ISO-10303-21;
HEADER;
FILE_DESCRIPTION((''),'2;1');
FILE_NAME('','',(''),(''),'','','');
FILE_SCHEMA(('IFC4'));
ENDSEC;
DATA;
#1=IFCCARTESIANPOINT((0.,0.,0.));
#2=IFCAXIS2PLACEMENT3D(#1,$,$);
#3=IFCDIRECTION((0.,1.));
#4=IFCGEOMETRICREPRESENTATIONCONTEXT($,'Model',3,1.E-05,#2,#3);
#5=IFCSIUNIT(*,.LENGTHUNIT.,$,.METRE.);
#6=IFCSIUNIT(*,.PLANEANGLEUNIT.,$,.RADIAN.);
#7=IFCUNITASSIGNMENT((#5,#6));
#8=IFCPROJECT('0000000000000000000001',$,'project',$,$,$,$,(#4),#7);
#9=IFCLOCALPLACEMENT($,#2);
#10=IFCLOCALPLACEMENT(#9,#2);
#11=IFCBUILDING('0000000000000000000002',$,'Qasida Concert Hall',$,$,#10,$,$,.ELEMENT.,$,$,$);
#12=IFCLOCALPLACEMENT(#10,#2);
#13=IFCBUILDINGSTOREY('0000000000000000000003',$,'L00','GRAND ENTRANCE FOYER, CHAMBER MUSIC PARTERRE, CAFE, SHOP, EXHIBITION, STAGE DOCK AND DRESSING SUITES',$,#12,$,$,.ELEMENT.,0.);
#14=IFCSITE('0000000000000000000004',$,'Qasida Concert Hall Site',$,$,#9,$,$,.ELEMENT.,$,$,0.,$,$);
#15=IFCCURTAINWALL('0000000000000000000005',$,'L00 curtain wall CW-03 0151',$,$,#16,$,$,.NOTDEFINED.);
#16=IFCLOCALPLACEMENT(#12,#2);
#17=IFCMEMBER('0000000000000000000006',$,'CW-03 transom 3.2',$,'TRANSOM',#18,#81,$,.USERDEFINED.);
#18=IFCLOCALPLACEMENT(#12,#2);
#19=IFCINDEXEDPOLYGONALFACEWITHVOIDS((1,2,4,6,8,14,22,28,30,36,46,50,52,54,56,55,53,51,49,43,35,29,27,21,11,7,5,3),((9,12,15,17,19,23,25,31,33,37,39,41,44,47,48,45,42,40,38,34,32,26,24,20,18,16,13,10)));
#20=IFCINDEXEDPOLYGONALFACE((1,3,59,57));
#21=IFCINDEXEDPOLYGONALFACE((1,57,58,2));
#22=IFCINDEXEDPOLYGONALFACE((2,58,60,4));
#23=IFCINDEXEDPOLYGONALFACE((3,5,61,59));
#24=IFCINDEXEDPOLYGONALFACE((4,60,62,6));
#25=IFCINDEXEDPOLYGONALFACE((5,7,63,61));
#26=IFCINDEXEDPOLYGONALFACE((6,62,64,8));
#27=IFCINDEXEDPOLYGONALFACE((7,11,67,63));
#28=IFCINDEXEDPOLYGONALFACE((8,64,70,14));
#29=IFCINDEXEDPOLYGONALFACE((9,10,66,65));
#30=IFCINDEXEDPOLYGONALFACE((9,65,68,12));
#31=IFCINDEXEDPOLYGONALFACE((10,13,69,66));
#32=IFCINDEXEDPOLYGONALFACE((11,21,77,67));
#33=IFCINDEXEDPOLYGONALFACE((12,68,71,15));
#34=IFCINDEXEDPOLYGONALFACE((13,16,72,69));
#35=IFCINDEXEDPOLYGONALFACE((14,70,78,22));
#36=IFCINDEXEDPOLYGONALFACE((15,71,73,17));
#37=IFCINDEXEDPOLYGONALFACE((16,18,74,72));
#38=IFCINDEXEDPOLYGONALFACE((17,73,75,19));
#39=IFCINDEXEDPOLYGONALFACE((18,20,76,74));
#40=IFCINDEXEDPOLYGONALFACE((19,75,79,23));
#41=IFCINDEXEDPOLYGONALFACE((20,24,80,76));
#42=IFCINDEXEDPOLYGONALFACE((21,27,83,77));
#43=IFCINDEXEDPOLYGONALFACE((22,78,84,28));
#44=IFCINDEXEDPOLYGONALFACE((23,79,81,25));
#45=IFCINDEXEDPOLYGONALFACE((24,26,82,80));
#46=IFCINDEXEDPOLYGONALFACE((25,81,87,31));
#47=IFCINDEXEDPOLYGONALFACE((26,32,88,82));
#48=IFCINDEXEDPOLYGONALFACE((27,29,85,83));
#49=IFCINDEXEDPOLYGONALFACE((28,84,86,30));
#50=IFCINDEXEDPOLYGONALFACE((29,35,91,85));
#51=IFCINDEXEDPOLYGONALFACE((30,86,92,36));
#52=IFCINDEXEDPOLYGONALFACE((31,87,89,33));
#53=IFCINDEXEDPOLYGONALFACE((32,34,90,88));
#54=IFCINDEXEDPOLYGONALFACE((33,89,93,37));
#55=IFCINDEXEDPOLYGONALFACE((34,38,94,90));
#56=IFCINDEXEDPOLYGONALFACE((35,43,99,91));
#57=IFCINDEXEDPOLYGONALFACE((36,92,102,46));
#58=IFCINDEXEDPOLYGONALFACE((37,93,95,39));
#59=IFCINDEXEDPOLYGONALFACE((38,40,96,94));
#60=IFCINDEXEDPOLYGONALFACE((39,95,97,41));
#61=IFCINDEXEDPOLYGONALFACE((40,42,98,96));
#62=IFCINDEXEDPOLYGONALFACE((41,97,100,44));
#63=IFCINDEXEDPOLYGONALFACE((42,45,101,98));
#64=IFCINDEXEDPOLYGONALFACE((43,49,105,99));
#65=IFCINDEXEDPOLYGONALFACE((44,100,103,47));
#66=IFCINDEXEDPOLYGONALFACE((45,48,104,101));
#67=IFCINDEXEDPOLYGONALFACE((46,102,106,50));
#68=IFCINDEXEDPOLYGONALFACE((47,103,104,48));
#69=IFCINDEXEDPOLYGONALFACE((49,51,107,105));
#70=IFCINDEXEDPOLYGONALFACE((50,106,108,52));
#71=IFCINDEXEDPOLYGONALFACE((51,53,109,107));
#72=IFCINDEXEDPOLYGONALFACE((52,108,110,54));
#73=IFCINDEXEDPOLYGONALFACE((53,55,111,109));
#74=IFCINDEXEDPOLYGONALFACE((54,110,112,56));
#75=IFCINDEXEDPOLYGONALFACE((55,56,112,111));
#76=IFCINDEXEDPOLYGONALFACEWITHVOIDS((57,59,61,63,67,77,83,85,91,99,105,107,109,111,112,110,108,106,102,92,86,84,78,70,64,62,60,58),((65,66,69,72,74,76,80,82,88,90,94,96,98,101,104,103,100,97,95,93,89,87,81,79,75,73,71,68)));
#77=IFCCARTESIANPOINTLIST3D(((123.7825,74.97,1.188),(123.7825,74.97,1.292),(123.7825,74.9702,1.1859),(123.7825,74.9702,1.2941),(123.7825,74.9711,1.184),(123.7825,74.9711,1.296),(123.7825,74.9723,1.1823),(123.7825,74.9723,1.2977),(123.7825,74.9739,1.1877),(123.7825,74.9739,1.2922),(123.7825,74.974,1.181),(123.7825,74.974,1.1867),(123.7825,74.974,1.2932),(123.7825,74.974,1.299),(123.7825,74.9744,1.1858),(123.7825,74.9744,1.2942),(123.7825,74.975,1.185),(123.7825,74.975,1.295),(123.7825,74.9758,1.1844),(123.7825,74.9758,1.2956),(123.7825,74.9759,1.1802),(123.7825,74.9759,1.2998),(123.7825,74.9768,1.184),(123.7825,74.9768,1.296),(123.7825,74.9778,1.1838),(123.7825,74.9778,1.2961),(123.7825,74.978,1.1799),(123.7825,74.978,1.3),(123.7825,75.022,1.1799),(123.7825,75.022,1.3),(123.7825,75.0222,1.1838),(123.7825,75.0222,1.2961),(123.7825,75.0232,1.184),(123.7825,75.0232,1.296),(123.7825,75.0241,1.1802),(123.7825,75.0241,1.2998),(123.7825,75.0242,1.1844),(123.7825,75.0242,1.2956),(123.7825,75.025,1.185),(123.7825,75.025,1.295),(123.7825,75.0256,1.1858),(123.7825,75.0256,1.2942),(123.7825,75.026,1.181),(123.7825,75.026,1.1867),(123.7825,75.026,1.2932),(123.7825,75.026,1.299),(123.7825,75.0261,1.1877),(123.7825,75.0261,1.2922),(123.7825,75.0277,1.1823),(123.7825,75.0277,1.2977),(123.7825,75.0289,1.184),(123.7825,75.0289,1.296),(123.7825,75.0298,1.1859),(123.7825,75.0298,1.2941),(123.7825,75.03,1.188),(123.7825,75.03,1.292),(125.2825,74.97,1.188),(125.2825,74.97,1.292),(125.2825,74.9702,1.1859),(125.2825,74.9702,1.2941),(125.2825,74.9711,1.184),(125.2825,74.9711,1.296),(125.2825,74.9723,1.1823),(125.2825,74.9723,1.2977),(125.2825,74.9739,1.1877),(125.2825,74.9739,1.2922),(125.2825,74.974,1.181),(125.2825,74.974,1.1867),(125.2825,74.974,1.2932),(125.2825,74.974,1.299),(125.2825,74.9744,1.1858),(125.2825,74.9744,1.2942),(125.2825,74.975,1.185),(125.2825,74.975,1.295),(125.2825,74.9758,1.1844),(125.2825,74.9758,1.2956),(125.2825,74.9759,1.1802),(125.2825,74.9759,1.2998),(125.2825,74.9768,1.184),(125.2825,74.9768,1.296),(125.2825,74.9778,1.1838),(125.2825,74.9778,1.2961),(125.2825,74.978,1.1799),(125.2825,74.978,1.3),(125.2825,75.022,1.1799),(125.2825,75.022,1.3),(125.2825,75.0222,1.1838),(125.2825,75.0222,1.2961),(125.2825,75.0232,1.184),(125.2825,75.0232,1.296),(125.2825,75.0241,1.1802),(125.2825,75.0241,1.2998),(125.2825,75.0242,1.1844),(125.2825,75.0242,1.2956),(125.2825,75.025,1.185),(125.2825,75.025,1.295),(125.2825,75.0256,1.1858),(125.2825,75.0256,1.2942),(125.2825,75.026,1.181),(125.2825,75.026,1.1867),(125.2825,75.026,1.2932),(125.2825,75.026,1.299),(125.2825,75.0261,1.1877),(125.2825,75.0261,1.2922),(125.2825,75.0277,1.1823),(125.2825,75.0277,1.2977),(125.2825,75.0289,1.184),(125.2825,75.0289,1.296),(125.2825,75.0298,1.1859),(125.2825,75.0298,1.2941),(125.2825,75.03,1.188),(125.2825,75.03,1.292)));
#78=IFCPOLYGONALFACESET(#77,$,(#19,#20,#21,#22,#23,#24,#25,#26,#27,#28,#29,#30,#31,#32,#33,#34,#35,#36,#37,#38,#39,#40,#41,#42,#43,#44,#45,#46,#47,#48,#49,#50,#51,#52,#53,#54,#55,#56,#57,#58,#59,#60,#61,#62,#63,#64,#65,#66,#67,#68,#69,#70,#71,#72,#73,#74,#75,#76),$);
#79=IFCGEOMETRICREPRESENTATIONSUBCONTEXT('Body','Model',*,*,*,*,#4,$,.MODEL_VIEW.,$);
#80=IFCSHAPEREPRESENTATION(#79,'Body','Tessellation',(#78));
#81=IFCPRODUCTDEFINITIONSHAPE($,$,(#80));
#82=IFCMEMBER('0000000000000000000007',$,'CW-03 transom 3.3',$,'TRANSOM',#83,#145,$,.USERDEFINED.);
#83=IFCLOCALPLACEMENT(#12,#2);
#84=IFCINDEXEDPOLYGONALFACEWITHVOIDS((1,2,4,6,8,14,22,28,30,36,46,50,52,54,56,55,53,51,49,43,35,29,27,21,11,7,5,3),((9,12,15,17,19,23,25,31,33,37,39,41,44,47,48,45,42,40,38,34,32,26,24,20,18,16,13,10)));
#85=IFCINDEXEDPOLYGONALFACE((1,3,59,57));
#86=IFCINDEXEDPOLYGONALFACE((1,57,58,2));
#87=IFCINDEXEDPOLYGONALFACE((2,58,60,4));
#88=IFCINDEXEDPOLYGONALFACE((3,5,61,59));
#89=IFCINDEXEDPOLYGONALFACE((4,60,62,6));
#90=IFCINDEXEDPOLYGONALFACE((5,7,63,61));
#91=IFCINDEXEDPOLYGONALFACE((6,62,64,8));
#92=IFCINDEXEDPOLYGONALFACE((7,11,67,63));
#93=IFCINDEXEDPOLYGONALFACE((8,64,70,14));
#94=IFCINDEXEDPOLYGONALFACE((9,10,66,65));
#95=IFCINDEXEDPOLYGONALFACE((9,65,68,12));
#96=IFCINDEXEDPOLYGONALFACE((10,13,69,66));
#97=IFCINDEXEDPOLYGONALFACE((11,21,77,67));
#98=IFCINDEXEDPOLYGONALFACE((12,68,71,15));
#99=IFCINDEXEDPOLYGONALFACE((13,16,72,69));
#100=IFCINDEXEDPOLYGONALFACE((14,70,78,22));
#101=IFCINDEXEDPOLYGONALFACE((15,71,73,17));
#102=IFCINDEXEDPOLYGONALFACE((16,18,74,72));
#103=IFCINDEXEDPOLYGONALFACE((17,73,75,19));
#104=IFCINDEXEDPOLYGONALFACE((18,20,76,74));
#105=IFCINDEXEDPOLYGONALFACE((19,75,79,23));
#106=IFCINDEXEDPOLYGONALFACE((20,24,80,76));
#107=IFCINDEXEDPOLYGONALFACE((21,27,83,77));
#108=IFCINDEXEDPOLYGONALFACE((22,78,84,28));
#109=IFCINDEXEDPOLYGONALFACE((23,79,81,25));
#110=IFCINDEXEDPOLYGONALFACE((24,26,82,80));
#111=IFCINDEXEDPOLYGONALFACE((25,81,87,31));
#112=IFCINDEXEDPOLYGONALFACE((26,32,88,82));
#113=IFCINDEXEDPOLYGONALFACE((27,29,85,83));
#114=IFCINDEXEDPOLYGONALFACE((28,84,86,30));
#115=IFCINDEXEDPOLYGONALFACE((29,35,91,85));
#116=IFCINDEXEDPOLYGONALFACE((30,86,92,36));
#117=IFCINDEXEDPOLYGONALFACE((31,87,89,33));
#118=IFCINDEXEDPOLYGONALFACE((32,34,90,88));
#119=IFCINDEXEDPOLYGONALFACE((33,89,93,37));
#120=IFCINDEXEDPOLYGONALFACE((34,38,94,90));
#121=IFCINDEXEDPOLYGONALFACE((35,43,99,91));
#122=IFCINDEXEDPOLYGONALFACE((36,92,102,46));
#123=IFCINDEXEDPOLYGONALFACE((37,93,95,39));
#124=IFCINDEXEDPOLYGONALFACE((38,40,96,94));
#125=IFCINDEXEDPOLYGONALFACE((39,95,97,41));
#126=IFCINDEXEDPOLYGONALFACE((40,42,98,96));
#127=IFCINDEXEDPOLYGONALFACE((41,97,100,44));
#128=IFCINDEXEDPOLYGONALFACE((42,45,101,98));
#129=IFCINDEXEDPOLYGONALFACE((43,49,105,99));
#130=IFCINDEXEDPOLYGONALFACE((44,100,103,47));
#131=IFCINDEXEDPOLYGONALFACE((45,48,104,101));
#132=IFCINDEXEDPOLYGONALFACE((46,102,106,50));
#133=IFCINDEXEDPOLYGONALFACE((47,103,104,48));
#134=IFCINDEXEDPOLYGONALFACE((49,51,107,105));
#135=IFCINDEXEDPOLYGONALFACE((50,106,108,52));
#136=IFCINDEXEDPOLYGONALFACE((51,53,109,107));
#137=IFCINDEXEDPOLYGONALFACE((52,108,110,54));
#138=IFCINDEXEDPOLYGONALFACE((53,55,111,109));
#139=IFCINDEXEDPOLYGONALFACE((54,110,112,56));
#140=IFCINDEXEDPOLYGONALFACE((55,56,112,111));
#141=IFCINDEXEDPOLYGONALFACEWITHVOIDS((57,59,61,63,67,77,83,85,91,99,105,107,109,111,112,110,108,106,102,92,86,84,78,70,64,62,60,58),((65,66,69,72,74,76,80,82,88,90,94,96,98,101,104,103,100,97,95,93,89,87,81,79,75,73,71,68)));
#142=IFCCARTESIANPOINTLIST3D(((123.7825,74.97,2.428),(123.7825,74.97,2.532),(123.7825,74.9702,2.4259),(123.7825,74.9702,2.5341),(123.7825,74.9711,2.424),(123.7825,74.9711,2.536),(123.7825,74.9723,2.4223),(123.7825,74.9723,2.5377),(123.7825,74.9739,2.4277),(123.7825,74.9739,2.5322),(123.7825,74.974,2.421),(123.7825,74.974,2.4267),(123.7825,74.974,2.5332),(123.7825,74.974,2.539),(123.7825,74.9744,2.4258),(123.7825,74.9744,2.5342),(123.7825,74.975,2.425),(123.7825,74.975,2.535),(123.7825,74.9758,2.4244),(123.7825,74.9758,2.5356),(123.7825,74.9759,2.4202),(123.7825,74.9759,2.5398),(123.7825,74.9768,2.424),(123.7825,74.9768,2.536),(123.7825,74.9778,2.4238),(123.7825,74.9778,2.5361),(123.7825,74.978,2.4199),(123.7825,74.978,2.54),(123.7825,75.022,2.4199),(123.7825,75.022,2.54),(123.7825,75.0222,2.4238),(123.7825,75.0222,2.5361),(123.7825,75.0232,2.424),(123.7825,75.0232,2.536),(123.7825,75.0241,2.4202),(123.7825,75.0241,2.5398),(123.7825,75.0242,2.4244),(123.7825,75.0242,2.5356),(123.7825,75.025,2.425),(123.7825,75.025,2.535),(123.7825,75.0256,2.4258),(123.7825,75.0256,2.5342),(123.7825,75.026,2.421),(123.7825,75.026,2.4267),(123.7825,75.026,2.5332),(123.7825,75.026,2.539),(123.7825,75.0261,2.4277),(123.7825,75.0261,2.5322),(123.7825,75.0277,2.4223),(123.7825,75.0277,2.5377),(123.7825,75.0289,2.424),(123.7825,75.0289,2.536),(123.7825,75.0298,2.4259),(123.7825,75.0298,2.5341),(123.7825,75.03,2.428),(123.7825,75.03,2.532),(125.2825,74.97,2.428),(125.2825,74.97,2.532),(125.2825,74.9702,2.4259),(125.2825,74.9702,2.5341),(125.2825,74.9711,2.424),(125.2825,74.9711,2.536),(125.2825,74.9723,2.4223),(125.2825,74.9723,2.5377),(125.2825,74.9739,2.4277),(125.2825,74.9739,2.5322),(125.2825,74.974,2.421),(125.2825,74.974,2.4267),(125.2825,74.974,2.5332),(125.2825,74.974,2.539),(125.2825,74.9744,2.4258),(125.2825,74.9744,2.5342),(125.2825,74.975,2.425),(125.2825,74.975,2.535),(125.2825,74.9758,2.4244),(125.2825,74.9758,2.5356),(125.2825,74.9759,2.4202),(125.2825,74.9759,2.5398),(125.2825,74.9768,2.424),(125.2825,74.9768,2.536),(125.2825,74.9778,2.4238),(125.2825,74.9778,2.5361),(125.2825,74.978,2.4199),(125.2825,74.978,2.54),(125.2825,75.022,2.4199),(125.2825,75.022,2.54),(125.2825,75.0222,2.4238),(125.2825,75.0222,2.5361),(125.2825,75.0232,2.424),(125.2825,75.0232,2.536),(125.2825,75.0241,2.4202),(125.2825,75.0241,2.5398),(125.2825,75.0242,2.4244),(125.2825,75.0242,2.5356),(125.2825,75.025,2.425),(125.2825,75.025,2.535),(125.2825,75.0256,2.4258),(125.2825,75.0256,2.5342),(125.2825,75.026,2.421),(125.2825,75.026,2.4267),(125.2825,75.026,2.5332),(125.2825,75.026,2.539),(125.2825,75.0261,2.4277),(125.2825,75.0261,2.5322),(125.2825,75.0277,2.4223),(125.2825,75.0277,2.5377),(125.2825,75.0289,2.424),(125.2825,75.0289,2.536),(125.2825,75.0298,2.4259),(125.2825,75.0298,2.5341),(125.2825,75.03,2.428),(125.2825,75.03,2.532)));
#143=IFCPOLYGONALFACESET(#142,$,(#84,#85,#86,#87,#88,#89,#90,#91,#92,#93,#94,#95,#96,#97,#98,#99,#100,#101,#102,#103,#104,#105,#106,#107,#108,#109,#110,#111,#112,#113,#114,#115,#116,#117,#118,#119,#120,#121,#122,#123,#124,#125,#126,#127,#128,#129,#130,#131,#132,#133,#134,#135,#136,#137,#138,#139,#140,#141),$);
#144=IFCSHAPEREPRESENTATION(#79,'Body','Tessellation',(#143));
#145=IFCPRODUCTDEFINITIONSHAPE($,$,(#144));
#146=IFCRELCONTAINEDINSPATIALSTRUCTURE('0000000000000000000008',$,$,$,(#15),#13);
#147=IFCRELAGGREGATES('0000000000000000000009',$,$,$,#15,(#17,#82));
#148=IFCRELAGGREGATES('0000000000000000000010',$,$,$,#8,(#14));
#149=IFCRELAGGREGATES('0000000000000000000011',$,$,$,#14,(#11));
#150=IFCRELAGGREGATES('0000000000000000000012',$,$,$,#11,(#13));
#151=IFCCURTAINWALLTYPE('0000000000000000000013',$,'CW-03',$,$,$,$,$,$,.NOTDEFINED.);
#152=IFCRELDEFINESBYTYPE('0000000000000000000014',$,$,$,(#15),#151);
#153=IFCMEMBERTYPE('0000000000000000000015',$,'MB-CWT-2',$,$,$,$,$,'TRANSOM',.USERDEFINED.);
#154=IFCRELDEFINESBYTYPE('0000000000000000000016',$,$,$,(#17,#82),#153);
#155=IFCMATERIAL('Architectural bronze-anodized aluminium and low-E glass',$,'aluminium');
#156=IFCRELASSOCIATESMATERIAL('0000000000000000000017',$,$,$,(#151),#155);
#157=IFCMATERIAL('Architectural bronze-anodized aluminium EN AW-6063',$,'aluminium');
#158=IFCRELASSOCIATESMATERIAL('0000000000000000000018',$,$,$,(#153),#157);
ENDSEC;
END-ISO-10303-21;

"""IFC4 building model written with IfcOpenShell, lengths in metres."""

from ifc_helpers import new_model, si_unit, direction, frame, origin, origin_2d, place, context, subcontext, project, spatial, hollow_rectangle, extrude, material, material_profile, profile_set, type_object, element, aggregate, save


model = new_model("IFC4")

# Units and contexts
model_context = context("Model", 3, precision=1e-05, world=origin(), true_north=direction((0.0, 1.0)))
body_context = subcontext(model_context, "Body", "Model", "MODEL_VIEW")
ifc_project = project(units=[si_unit("LENGTHUNIT", "METRE"), si_unit("PLANEANGLEUNIT", "RADIAN")], contexts=[model_context])

# Site, building, storey
site_placement = place(None, origin())
site = spatial("IfcSite", under=ifc_project, at=site_placement, Name="Qasida Concert Hall Site", CompositionType="ELEMENT", RefElevation=0.0)
building_placement = place(site_placement, origin())
building = spatial("IfcBuilding", under=site, at=building_placement, Name="Qasida Concert Hall", CompositionType="ELEMENT")
storey_placement = place(building_placement, origin())
storey = spatial("IfcBuildingStorey", under=building, at=storey_placement, Name="L00", Description="GRAND ENTRANCE FOYER, CHAMBER MUSIC PARTERRE, CAFE, SHOP, EXHIBITION, STAGE DOCK AND DRESSING SUITES", CompositionType="ELEMENT", Elevation=0.0)

# Curtain wall, members
ifc_material_1 = material(Name="Architectural bronze-anodized aluminium and low-E glass", Category="aluminium")
curtain_wall_type = type_object("IfcCurtainWallType", Name="CW-03", PredefinedType="NOTDEFINED", material=ifc_material_1)
curtain_wall_placement = place(storey_placement, origin())
curtain_wall = element("IfcCurtainWall", 1, at=curtain_wall_placement, inside=storey, type_object=curtain_wall_type, Name="L00 curtain wall CW-03 0151", PredefinedType="NOTDEFINED")
ifc_material_2 = material(Name="Architectural bronze-anodized aluminium EN AW-6063", Category="aluminium")
ifc_material_profile_1 = material_profile(ifc_material_2, hollow_rectangle(XDim=0.0601, YDim=0.1201, WallThickness=0.0039, InnerFilletRadius=0.0039, OuterFilletRadius=0.0081, at=origin_2d()), Name="CWT 120x60x4")
ifc_profile_set_1 = profile_set([ifc_material_profile_1], Name="Architectural bronze-anodized aluminium EN AW-6063")
member_type_1 = type_object("IfcMemberType", Name="MB-CWT-2", ElementType="TRANSOM", PredefinedType="USERDEFINED", material=ifc_profile_set_1)
member_1_placement = place(storey_placement, frame((123.7825, 75.0, 1.24), z_axis=(1.0, 0.0, 0.0), x_axis=(0.0, 1.0, 0.0)))
member_1 = element("IfcMember", 2, at=member_1_placement, type_object=member_type_1, Name="CW-03 transom 3.2", ObjectType="TRANSOM", PredefinedType="USERDEFINED", context=body_context, shape_type="SweptSolid", body=[
    extrude(hollow_rectangle(XDim=0.0601, YDim=0.1201, WallThickness=0.0039, InnerFilletRadius=0.0039, OuterFilletRadius=0.0081, at=origin_2d()), origin(), (0.0, 0.0, 1.0), 1.5),
])
member_2_placement = place(storey_placement, frame((123.7825, 75.0, 2.48), z_axis=(1.0, 0.0, 0.0), x_axis=(0.0, 1.0, 0.0)))
member_2 = element("IfcMember", 3, at=member_2_placement, type_object=member_type_1, Name="CW-03 transom 3.3", ObjectType="TRANSOM", PredefinedType="USERDEFINED", context=body_context, shape_type="SweptSolid", body=[
    extrude(hollow_rectangle(XDim=0.0601, YDim=0.1201, WallThickness=0.0039, InnerFilletRadius=0.0039, OuterFilletRadius=0.0081, at=origin_2d()), origin(), (0.0, 0.0, 1.0), 1.5),
])
aggregate(curtain_wall, [member_1, member_2])

save(model, "model.ifc")
